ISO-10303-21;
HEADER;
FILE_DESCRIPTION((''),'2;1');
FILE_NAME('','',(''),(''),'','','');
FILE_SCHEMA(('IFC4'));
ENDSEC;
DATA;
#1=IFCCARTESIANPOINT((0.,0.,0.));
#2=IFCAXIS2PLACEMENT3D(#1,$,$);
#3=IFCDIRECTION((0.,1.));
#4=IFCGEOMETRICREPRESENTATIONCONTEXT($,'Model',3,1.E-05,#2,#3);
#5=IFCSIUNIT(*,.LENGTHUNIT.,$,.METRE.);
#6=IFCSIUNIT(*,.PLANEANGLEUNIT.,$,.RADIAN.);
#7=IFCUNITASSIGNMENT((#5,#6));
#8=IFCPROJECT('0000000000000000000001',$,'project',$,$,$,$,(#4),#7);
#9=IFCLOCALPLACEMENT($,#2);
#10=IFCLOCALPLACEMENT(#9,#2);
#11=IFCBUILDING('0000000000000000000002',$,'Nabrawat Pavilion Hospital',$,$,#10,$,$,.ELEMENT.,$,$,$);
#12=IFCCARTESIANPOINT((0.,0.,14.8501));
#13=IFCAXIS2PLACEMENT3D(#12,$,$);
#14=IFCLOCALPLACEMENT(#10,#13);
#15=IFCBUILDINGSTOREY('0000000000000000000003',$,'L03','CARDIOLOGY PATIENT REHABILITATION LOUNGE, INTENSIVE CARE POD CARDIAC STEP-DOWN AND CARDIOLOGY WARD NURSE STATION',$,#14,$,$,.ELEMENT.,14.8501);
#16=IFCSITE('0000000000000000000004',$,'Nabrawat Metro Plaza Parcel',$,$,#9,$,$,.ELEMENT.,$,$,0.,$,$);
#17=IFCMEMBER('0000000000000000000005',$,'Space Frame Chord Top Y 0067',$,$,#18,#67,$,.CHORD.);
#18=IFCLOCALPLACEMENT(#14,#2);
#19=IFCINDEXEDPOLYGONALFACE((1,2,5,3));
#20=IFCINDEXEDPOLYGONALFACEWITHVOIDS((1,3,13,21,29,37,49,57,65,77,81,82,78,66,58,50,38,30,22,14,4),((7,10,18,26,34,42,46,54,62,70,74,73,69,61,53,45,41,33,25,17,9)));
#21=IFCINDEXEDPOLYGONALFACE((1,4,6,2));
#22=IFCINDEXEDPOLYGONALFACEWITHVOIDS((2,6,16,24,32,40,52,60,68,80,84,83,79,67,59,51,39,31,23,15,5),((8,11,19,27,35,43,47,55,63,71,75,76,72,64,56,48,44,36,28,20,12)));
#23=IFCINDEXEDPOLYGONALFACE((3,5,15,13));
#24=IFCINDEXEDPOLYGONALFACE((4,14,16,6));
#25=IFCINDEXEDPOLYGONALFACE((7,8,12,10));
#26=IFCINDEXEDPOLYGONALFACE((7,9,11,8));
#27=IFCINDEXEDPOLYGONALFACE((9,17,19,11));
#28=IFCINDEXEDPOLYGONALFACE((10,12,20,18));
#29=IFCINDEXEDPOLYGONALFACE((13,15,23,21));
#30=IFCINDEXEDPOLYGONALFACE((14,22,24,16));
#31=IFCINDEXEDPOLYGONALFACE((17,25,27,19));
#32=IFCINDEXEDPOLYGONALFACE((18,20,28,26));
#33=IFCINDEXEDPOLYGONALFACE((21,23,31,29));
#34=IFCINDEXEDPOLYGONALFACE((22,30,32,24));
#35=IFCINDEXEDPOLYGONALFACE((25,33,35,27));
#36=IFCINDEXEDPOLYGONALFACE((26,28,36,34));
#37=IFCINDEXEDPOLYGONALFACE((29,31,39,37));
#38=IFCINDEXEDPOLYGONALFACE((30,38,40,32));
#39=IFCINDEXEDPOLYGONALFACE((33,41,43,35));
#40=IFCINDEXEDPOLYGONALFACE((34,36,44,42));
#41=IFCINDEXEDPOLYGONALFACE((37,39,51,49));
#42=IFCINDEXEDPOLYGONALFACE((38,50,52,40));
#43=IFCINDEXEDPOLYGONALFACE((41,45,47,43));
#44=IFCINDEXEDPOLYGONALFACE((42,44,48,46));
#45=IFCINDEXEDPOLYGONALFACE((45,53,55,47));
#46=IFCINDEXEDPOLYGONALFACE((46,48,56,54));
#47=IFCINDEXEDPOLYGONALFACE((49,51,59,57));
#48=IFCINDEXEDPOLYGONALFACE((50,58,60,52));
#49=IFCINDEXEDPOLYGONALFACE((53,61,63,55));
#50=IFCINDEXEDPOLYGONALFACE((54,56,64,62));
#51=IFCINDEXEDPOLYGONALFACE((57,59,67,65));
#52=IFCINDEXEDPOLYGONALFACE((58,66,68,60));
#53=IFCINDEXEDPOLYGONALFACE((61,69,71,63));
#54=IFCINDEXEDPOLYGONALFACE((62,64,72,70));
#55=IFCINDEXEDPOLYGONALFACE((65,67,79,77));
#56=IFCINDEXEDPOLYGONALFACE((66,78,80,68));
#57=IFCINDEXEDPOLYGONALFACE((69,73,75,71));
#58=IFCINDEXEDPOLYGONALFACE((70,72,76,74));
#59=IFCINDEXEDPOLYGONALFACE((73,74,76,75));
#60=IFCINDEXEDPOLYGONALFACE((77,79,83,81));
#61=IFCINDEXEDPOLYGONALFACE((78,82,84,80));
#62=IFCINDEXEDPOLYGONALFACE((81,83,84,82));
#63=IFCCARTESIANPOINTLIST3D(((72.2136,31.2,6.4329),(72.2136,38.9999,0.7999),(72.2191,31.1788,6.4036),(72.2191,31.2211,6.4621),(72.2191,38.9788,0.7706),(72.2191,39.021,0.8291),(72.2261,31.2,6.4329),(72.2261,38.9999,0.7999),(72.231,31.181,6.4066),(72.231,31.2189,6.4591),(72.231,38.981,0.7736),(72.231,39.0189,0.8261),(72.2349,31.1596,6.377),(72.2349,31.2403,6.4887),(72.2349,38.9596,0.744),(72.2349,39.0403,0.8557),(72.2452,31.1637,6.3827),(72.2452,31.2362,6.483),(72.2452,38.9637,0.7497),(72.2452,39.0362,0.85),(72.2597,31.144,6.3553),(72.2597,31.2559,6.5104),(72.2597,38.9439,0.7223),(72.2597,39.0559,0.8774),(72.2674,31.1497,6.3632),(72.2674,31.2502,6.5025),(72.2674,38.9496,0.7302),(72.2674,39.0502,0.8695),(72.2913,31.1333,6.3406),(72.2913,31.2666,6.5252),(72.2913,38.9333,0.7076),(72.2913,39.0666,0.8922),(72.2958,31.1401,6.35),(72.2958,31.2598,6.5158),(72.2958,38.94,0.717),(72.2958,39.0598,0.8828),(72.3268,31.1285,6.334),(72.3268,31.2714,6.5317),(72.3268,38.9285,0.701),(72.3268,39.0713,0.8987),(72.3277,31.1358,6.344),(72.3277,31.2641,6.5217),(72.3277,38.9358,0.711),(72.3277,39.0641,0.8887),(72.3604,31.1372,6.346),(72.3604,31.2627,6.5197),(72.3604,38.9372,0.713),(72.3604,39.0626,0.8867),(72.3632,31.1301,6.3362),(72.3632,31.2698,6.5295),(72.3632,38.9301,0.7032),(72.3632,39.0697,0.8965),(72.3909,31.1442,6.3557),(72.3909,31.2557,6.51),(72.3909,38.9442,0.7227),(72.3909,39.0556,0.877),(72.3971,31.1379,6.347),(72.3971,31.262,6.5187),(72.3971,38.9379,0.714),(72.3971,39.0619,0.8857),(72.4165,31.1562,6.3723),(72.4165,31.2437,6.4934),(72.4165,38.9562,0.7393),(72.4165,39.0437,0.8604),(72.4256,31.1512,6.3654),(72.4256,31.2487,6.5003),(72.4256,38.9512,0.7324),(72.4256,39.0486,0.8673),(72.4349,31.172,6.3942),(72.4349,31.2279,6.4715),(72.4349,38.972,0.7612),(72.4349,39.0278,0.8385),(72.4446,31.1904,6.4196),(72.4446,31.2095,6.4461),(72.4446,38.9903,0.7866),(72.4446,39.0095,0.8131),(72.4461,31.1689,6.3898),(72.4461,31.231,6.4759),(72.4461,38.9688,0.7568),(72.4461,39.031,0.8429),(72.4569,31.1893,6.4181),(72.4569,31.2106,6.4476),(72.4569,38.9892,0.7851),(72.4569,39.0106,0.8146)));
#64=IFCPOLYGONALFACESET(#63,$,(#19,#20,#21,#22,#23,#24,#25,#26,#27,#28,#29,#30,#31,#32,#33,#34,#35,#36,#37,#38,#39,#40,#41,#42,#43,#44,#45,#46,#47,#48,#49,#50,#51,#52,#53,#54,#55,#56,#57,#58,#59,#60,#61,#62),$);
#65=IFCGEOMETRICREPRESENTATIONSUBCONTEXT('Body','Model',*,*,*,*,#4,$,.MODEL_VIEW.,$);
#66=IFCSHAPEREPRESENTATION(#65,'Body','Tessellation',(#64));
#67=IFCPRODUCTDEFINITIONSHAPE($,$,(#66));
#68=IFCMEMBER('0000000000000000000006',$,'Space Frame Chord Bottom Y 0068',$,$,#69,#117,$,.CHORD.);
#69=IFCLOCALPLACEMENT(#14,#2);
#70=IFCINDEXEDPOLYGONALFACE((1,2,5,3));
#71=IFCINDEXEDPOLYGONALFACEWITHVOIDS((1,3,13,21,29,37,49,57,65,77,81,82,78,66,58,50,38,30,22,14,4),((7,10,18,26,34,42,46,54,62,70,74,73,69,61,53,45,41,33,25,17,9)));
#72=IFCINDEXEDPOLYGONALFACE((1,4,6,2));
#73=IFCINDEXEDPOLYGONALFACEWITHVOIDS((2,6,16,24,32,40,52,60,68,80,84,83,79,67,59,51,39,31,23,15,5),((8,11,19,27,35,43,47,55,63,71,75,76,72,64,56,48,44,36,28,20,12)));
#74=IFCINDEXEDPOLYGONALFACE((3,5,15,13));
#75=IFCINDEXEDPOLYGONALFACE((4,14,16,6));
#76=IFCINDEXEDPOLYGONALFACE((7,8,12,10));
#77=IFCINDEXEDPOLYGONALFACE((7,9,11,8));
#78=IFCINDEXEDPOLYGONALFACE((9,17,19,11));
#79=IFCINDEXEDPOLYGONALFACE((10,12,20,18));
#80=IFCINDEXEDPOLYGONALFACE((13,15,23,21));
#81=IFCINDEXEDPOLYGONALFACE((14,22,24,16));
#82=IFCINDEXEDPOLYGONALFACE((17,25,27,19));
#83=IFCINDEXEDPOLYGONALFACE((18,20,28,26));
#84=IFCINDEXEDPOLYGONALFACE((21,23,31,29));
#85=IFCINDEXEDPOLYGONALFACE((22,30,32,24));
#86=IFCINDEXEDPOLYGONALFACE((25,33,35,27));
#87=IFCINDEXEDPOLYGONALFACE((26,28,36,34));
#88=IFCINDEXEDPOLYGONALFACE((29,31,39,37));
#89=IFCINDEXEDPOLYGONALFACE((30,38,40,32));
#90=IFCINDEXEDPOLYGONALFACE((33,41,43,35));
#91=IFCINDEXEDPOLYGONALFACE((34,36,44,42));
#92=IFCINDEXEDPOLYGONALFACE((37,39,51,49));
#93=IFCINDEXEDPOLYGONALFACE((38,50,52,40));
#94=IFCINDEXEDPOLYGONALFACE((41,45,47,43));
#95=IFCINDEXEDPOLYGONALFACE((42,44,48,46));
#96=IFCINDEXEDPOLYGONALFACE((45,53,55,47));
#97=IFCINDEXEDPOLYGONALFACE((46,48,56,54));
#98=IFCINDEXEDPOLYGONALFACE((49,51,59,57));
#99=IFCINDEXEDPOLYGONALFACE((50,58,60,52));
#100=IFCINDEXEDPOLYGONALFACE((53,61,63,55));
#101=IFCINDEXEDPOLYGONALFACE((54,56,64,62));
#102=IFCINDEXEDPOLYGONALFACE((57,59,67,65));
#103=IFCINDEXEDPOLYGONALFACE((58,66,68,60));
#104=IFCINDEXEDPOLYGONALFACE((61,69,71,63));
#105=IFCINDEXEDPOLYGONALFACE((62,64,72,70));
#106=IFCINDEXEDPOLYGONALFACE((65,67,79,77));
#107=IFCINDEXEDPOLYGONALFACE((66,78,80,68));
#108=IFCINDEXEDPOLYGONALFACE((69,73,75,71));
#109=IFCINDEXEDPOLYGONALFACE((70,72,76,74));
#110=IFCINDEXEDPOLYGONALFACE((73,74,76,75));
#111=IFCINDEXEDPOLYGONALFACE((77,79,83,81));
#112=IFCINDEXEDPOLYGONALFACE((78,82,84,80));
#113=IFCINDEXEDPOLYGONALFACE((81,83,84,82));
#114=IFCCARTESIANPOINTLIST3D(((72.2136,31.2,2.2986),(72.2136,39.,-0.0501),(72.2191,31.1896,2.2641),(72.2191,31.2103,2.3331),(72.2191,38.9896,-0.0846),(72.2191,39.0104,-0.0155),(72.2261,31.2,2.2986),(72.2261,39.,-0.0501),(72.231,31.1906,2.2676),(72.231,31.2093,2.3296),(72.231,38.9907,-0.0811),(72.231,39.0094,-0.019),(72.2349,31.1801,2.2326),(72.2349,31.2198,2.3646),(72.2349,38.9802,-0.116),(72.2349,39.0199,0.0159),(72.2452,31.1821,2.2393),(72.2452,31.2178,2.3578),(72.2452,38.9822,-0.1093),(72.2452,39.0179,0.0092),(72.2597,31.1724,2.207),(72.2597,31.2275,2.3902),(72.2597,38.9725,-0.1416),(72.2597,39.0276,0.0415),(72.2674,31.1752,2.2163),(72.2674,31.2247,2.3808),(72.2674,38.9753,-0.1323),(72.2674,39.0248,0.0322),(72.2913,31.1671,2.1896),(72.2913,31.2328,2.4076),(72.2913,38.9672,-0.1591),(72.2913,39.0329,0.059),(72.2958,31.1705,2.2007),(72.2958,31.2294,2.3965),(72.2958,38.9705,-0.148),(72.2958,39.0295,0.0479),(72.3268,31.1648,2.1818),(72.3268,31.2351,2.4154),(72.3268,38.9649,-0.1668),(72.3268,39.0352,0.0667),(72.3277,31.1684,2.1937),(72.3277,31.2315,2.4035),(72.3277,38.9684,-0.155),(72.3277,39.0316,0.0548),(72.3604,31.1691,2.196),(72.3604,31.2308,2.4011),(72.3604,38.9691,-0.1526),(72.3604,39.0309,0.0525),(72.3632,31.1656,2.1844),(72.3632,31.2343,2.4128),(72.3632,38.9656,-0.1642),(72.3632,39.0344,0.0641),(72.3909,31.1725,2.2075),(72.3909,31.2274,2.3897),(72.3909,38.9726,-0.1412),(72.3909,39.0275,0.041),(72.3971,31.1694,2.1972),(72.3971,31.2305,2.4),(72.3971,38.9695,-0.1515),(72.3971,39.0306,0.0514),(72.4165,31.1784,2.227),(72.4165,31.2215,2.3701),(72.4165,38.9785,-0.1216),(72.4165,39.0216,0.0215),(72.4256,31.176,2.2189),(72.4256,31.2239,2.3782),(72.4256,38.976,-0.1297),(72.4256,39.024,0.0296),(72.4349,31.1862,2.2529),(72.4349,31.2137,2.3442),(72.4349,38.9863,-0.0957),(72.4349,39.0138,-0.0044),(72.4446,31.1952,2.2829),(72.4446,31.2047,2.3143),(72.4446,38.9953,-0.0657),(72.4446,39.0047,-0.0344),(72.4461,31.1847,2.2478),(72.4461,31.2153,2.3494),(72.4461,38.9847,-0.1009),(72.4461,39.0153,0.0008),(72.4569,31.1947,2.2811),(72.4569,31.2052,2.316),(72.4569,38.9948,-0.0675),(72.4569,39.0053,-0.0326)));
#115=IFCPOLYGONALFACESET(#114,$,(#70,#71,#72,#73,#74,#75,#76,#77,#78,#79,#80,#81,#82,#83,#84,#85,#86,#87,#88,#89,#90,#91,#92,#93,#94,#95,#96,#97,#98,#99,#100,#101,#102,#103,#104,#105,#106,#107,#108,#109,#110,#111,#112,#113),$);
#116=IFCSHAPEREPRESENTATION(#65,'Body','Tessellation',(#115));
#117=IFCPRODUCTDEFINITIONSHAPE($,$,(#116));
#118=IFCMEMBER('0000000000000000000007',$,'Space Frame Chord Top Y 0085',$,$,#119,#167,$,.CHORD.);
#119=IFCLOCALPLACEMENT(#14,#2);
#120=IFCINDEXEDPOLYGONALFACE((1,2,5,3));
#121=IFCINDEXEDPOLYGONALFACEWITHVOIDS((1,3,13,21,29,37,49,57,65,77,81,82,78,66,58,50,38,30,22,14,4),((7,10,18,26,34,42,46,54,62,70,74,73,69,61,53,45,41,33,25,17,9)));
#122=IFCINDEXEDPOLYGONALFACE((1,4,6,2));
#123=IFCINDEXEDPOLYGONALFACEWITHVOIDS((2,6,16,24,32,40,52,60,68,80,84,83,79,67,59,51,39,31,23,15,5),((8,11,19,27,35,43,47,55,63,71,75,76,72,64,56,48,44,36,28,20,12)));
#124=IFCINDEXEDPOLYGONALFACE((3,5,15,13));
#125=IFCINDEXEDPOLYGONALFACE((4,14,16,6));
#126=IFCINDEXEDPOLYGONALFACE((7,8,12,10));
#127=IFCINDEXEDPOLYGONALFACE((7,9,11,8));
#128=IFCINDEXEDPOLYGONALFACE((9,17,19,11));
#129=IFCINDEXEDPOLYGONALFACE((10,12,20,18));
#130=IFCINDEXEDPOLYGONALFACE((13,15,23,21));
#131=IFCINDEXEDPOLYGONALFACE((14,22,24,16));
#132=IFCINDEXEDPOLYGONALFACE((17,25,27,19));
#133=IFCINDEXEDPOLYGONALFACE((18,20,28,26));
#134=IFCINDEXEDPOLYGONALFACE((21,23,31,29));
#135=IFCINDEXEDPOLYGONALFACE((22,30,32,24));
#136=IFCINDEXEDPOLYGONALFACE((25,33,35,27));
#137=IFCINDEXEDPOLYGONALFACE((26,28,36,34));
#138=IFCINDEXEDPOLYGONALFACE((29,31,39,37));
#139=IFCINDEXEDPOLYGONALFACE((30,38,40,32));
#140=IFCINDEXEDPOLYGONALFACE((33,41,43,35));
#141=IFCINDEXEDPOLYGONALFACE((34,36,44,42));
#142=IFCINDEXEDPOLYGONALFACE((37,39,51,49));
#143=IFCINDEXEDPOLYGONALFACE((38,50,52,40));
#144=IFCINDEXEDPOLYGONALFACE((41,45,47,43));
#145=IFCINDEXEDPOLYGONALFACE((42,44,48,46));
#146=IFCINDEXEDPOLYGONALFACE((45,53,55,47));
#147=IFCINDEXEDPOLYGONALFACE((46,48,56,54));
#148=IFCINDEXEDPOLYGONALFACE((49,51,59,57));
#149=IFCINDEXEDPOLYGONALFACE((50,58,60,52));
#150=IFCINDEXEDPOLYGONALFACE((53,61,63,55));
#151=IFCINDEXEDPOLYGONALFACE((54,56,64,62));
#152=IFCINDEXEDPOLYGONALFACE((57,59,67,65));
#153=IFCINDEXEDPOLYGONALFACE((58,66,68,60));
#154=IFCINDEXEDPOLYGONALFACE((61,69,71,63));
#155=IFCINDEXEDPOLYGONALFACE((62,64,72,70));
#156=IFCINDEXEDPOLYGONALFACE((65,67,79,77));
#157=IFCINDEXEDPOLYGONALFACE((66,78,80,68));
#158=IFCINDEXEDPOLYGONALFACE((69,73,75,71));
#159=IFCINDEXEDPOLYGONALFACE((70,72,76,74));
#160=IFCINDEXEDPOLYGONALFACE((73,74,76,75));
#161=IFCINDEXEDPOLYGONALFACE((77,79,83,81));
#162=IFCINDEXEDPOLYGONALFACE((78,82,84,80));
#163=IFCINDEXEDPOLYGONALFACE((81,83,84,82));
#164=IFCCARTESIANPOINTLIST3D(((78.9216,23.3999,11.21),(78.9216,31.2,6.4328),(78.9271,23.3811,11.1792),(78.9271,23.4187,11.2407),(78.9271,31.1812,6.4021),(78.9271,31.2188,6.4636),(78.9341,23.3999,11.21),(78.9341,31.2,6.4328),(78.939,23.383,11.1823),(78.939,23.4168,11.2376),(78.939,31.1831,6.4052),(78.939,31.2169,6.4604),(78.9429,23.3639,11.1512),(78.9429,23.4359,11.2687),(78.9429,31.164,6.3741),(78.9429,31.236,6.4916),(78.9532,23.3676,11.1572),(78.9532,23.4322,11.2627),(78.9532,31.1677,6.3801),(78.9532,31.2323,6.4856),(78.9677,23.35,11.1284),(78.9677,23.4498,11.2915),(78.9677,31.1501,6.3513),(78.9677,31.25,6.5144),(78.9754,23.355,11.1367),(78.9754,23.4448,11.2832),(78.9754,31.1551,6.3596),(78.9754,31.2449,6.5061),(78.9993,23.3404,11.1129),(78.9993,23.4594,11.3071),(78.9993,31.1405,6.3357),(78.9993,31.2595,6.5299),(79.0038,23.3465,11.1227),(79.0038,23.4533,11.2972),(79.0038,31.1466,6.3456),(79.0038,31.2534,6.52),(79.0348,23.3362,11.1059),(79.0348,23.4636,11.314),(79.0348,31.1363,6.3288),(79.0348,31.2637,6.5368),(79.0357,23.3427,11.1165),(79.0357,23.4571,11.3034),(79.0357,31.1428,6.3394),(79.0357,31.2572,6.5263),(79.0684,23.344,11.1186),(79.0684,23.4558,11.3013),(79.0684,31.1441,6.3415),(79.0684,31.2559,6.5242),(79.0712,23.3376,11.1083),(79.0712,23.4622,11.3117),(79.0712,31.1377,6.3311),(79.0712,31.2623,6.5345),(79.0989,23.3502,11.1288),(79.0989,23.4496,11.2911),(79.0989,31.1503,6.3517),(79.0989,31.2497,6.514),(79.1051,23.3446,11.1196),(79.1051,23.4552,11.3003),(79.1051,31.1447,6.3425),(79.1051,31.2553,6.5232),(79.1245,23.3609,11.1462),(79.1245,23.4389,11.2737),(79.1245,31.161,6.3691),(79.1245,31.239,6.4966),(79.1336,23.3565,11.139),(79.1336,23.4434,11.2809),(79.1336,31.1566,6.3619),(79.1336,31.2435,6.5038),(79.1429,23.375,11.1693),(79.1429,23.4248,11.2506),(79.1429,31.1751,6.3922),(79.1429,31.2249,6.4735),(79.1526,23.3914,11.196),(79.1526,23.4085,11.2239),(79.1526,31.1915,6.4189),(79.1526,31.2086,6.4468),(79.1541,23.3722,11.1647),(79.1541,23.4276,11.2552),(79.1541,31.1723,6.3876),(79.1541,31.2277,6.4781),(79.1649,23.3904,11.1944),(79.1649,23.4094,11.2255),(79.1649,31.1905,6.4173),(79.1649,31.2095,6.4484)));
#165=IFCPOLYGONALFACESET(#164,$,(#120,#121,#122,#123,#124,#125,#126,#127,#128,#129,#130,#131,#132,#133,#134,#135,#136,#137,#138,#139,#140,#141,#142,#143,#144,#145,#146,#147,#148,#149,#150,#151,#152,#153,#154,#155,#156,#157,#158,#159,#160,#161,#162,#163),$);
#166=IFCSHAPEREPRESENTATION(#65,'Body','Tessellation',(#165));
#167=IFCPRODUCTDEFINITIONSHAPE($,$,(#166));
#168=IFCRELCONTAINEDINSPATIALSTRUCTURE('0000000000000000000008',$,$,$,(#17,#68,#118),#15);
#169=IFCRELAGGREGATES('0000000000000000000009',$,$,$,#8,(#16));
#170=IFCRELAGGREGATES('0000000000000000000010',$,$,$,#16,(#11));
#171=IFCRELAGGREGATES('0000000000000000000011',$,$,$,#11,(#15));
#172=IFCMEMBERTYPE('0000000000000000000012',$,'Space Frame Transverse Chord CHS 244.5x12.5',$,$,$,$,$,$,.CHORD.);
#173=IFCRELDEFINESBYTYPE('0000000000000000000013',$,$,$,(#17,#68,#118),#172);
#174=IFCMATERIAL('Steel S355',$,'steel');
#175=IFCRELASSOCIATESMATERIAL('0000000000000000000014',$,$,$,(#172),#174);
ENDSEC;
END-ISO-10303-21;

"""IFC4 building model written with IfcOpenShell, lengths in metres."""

from ifc_helpers import new_model, si_unit, direction, frame, origin, origin_2d, place, context, subcontext, project, spatial, hollow_circle, extrude, material, material_profile, profile_set, type_object, element, save


model = new_model("IFC4")

# Units and contexts
model_context = context("Model", 3, precision=1e-05, world=origin(), true_north=direction((0.0, 1.0)))
body_context = subcontext(model_context, "Body", "Model", "MODEL_VIEW")
ifc_project = project(units=[si_unit("LENGTHUNIT", "METRE"), si_unit("PLANEANGLEUNIT", "RADIAN")], contexts=[model_context])

# Site, building, storey
site_placement = place(None, origin())
site = spatial("IfcSite", under=ifc_project, at=site_placement, Name="Nabrawat Metro Plaza Parcel", CompositionType="ELEMENT", RefElevation=0.0)
building_placement = place(site_placement, origin())
building = spatial("IfcBuilding", under=site, at=building_placement, Name="Nabrawat Pavilion Hospital", CompositionType="ELEMENT")
storey_placement = place(building_placement, frame((0.0, 0.0, 14.8501)))
storey = spatial("IfcBuildingStorey", under=building, at=storey_placement, Name="L03", Description="CARDIOLOGY PATIENT REHABILITATION LOUNGE, INTENSIVE CARE POD CARDIAC STEP-DOWN AND CARDIOLOGY WARD NURSE STATION", CompositionType="ELEMENT", Elevation=14.8501)

# Members
ifc_material = material(Name="Steel S355", Category="steel")
ifc_material_profile_1 = material_profile(ifc_material, hollow_circle(Radius=0.1223, WallThickness=0.0125, at=origin_2d()), Name="CHS 244.5x12.5")
ifc_profile_set_1 = profile_set([ifc_material_profile_1], Name="Steel S355")
member_type_1 = type_object("IfcMemberType", Name="Space Frame Transverse Chord CHS 244.5x12.5", PredefinedType="CHORD", material=ifc_profile_set_1)
member_1_placement = place(storey_placement, frame((72.3359, 31.2, 6.4329), z_axis=(0.0, 0.810695, -0.585469), x_axis=(-1.0, 0.0, 0.0)))
element("IfcMember", 1, at=member_1_placement, inside=storey, type_object=member_type_1, Name="Space Frame Chord Top Y 0067", PredefinedType="CHORD", context=body_context, shape_type="SweptSolid", body=[
    extrude(hollow_circle(Radius=0.1223, WallThickness=0.0125, at=origin_2d()), origin(), (0.0, 0.0, 1.0), 9.6213),
])
member_2_placement = place(storey_placement, frame((72.3359, 31.2, 2.2986), z_axis=(0.0, 0.957535, -0.288318), x_axis=(-1.0, 0.0, 0.0)))
element("IfcMember", 2, at=member_2_placement, inside=storey, type_object=member_type_1, Name="Space Frame Chord Bottom Y 0068", PredefinedType="CHORD", context=body_context, shape_type="SweptSolid", body=[
    extrude(hollow_circle(Radius=0.1223, WallThickness=0.0125, at=origin_2d()), origin(), (0.0, 0.0, 1.0), 8.146),
])
member_3_placement = place(storey_placement, frame((79.0439, 23.3999, 11.21), z_axis=(0.0, 0.852775, -0.522278), x_axis=(-1.0, 0.0, 0.0)))
element("IfcMember", 3, at=member_3_placement, inside=storey, type_object=member_type_1, Name="Space Frame Chord Top Y 0085", PredefinedType="CHORD", context=body_context, shape_type="SweptSolid", body=[
    extrude(hollow_circle(Radius=0.1223, WallThickness=0.0125, at=origin_2d()), origin(), (0.0, 0.0, 1.0), 9.1467),
])

save(model, "model.ifc")
